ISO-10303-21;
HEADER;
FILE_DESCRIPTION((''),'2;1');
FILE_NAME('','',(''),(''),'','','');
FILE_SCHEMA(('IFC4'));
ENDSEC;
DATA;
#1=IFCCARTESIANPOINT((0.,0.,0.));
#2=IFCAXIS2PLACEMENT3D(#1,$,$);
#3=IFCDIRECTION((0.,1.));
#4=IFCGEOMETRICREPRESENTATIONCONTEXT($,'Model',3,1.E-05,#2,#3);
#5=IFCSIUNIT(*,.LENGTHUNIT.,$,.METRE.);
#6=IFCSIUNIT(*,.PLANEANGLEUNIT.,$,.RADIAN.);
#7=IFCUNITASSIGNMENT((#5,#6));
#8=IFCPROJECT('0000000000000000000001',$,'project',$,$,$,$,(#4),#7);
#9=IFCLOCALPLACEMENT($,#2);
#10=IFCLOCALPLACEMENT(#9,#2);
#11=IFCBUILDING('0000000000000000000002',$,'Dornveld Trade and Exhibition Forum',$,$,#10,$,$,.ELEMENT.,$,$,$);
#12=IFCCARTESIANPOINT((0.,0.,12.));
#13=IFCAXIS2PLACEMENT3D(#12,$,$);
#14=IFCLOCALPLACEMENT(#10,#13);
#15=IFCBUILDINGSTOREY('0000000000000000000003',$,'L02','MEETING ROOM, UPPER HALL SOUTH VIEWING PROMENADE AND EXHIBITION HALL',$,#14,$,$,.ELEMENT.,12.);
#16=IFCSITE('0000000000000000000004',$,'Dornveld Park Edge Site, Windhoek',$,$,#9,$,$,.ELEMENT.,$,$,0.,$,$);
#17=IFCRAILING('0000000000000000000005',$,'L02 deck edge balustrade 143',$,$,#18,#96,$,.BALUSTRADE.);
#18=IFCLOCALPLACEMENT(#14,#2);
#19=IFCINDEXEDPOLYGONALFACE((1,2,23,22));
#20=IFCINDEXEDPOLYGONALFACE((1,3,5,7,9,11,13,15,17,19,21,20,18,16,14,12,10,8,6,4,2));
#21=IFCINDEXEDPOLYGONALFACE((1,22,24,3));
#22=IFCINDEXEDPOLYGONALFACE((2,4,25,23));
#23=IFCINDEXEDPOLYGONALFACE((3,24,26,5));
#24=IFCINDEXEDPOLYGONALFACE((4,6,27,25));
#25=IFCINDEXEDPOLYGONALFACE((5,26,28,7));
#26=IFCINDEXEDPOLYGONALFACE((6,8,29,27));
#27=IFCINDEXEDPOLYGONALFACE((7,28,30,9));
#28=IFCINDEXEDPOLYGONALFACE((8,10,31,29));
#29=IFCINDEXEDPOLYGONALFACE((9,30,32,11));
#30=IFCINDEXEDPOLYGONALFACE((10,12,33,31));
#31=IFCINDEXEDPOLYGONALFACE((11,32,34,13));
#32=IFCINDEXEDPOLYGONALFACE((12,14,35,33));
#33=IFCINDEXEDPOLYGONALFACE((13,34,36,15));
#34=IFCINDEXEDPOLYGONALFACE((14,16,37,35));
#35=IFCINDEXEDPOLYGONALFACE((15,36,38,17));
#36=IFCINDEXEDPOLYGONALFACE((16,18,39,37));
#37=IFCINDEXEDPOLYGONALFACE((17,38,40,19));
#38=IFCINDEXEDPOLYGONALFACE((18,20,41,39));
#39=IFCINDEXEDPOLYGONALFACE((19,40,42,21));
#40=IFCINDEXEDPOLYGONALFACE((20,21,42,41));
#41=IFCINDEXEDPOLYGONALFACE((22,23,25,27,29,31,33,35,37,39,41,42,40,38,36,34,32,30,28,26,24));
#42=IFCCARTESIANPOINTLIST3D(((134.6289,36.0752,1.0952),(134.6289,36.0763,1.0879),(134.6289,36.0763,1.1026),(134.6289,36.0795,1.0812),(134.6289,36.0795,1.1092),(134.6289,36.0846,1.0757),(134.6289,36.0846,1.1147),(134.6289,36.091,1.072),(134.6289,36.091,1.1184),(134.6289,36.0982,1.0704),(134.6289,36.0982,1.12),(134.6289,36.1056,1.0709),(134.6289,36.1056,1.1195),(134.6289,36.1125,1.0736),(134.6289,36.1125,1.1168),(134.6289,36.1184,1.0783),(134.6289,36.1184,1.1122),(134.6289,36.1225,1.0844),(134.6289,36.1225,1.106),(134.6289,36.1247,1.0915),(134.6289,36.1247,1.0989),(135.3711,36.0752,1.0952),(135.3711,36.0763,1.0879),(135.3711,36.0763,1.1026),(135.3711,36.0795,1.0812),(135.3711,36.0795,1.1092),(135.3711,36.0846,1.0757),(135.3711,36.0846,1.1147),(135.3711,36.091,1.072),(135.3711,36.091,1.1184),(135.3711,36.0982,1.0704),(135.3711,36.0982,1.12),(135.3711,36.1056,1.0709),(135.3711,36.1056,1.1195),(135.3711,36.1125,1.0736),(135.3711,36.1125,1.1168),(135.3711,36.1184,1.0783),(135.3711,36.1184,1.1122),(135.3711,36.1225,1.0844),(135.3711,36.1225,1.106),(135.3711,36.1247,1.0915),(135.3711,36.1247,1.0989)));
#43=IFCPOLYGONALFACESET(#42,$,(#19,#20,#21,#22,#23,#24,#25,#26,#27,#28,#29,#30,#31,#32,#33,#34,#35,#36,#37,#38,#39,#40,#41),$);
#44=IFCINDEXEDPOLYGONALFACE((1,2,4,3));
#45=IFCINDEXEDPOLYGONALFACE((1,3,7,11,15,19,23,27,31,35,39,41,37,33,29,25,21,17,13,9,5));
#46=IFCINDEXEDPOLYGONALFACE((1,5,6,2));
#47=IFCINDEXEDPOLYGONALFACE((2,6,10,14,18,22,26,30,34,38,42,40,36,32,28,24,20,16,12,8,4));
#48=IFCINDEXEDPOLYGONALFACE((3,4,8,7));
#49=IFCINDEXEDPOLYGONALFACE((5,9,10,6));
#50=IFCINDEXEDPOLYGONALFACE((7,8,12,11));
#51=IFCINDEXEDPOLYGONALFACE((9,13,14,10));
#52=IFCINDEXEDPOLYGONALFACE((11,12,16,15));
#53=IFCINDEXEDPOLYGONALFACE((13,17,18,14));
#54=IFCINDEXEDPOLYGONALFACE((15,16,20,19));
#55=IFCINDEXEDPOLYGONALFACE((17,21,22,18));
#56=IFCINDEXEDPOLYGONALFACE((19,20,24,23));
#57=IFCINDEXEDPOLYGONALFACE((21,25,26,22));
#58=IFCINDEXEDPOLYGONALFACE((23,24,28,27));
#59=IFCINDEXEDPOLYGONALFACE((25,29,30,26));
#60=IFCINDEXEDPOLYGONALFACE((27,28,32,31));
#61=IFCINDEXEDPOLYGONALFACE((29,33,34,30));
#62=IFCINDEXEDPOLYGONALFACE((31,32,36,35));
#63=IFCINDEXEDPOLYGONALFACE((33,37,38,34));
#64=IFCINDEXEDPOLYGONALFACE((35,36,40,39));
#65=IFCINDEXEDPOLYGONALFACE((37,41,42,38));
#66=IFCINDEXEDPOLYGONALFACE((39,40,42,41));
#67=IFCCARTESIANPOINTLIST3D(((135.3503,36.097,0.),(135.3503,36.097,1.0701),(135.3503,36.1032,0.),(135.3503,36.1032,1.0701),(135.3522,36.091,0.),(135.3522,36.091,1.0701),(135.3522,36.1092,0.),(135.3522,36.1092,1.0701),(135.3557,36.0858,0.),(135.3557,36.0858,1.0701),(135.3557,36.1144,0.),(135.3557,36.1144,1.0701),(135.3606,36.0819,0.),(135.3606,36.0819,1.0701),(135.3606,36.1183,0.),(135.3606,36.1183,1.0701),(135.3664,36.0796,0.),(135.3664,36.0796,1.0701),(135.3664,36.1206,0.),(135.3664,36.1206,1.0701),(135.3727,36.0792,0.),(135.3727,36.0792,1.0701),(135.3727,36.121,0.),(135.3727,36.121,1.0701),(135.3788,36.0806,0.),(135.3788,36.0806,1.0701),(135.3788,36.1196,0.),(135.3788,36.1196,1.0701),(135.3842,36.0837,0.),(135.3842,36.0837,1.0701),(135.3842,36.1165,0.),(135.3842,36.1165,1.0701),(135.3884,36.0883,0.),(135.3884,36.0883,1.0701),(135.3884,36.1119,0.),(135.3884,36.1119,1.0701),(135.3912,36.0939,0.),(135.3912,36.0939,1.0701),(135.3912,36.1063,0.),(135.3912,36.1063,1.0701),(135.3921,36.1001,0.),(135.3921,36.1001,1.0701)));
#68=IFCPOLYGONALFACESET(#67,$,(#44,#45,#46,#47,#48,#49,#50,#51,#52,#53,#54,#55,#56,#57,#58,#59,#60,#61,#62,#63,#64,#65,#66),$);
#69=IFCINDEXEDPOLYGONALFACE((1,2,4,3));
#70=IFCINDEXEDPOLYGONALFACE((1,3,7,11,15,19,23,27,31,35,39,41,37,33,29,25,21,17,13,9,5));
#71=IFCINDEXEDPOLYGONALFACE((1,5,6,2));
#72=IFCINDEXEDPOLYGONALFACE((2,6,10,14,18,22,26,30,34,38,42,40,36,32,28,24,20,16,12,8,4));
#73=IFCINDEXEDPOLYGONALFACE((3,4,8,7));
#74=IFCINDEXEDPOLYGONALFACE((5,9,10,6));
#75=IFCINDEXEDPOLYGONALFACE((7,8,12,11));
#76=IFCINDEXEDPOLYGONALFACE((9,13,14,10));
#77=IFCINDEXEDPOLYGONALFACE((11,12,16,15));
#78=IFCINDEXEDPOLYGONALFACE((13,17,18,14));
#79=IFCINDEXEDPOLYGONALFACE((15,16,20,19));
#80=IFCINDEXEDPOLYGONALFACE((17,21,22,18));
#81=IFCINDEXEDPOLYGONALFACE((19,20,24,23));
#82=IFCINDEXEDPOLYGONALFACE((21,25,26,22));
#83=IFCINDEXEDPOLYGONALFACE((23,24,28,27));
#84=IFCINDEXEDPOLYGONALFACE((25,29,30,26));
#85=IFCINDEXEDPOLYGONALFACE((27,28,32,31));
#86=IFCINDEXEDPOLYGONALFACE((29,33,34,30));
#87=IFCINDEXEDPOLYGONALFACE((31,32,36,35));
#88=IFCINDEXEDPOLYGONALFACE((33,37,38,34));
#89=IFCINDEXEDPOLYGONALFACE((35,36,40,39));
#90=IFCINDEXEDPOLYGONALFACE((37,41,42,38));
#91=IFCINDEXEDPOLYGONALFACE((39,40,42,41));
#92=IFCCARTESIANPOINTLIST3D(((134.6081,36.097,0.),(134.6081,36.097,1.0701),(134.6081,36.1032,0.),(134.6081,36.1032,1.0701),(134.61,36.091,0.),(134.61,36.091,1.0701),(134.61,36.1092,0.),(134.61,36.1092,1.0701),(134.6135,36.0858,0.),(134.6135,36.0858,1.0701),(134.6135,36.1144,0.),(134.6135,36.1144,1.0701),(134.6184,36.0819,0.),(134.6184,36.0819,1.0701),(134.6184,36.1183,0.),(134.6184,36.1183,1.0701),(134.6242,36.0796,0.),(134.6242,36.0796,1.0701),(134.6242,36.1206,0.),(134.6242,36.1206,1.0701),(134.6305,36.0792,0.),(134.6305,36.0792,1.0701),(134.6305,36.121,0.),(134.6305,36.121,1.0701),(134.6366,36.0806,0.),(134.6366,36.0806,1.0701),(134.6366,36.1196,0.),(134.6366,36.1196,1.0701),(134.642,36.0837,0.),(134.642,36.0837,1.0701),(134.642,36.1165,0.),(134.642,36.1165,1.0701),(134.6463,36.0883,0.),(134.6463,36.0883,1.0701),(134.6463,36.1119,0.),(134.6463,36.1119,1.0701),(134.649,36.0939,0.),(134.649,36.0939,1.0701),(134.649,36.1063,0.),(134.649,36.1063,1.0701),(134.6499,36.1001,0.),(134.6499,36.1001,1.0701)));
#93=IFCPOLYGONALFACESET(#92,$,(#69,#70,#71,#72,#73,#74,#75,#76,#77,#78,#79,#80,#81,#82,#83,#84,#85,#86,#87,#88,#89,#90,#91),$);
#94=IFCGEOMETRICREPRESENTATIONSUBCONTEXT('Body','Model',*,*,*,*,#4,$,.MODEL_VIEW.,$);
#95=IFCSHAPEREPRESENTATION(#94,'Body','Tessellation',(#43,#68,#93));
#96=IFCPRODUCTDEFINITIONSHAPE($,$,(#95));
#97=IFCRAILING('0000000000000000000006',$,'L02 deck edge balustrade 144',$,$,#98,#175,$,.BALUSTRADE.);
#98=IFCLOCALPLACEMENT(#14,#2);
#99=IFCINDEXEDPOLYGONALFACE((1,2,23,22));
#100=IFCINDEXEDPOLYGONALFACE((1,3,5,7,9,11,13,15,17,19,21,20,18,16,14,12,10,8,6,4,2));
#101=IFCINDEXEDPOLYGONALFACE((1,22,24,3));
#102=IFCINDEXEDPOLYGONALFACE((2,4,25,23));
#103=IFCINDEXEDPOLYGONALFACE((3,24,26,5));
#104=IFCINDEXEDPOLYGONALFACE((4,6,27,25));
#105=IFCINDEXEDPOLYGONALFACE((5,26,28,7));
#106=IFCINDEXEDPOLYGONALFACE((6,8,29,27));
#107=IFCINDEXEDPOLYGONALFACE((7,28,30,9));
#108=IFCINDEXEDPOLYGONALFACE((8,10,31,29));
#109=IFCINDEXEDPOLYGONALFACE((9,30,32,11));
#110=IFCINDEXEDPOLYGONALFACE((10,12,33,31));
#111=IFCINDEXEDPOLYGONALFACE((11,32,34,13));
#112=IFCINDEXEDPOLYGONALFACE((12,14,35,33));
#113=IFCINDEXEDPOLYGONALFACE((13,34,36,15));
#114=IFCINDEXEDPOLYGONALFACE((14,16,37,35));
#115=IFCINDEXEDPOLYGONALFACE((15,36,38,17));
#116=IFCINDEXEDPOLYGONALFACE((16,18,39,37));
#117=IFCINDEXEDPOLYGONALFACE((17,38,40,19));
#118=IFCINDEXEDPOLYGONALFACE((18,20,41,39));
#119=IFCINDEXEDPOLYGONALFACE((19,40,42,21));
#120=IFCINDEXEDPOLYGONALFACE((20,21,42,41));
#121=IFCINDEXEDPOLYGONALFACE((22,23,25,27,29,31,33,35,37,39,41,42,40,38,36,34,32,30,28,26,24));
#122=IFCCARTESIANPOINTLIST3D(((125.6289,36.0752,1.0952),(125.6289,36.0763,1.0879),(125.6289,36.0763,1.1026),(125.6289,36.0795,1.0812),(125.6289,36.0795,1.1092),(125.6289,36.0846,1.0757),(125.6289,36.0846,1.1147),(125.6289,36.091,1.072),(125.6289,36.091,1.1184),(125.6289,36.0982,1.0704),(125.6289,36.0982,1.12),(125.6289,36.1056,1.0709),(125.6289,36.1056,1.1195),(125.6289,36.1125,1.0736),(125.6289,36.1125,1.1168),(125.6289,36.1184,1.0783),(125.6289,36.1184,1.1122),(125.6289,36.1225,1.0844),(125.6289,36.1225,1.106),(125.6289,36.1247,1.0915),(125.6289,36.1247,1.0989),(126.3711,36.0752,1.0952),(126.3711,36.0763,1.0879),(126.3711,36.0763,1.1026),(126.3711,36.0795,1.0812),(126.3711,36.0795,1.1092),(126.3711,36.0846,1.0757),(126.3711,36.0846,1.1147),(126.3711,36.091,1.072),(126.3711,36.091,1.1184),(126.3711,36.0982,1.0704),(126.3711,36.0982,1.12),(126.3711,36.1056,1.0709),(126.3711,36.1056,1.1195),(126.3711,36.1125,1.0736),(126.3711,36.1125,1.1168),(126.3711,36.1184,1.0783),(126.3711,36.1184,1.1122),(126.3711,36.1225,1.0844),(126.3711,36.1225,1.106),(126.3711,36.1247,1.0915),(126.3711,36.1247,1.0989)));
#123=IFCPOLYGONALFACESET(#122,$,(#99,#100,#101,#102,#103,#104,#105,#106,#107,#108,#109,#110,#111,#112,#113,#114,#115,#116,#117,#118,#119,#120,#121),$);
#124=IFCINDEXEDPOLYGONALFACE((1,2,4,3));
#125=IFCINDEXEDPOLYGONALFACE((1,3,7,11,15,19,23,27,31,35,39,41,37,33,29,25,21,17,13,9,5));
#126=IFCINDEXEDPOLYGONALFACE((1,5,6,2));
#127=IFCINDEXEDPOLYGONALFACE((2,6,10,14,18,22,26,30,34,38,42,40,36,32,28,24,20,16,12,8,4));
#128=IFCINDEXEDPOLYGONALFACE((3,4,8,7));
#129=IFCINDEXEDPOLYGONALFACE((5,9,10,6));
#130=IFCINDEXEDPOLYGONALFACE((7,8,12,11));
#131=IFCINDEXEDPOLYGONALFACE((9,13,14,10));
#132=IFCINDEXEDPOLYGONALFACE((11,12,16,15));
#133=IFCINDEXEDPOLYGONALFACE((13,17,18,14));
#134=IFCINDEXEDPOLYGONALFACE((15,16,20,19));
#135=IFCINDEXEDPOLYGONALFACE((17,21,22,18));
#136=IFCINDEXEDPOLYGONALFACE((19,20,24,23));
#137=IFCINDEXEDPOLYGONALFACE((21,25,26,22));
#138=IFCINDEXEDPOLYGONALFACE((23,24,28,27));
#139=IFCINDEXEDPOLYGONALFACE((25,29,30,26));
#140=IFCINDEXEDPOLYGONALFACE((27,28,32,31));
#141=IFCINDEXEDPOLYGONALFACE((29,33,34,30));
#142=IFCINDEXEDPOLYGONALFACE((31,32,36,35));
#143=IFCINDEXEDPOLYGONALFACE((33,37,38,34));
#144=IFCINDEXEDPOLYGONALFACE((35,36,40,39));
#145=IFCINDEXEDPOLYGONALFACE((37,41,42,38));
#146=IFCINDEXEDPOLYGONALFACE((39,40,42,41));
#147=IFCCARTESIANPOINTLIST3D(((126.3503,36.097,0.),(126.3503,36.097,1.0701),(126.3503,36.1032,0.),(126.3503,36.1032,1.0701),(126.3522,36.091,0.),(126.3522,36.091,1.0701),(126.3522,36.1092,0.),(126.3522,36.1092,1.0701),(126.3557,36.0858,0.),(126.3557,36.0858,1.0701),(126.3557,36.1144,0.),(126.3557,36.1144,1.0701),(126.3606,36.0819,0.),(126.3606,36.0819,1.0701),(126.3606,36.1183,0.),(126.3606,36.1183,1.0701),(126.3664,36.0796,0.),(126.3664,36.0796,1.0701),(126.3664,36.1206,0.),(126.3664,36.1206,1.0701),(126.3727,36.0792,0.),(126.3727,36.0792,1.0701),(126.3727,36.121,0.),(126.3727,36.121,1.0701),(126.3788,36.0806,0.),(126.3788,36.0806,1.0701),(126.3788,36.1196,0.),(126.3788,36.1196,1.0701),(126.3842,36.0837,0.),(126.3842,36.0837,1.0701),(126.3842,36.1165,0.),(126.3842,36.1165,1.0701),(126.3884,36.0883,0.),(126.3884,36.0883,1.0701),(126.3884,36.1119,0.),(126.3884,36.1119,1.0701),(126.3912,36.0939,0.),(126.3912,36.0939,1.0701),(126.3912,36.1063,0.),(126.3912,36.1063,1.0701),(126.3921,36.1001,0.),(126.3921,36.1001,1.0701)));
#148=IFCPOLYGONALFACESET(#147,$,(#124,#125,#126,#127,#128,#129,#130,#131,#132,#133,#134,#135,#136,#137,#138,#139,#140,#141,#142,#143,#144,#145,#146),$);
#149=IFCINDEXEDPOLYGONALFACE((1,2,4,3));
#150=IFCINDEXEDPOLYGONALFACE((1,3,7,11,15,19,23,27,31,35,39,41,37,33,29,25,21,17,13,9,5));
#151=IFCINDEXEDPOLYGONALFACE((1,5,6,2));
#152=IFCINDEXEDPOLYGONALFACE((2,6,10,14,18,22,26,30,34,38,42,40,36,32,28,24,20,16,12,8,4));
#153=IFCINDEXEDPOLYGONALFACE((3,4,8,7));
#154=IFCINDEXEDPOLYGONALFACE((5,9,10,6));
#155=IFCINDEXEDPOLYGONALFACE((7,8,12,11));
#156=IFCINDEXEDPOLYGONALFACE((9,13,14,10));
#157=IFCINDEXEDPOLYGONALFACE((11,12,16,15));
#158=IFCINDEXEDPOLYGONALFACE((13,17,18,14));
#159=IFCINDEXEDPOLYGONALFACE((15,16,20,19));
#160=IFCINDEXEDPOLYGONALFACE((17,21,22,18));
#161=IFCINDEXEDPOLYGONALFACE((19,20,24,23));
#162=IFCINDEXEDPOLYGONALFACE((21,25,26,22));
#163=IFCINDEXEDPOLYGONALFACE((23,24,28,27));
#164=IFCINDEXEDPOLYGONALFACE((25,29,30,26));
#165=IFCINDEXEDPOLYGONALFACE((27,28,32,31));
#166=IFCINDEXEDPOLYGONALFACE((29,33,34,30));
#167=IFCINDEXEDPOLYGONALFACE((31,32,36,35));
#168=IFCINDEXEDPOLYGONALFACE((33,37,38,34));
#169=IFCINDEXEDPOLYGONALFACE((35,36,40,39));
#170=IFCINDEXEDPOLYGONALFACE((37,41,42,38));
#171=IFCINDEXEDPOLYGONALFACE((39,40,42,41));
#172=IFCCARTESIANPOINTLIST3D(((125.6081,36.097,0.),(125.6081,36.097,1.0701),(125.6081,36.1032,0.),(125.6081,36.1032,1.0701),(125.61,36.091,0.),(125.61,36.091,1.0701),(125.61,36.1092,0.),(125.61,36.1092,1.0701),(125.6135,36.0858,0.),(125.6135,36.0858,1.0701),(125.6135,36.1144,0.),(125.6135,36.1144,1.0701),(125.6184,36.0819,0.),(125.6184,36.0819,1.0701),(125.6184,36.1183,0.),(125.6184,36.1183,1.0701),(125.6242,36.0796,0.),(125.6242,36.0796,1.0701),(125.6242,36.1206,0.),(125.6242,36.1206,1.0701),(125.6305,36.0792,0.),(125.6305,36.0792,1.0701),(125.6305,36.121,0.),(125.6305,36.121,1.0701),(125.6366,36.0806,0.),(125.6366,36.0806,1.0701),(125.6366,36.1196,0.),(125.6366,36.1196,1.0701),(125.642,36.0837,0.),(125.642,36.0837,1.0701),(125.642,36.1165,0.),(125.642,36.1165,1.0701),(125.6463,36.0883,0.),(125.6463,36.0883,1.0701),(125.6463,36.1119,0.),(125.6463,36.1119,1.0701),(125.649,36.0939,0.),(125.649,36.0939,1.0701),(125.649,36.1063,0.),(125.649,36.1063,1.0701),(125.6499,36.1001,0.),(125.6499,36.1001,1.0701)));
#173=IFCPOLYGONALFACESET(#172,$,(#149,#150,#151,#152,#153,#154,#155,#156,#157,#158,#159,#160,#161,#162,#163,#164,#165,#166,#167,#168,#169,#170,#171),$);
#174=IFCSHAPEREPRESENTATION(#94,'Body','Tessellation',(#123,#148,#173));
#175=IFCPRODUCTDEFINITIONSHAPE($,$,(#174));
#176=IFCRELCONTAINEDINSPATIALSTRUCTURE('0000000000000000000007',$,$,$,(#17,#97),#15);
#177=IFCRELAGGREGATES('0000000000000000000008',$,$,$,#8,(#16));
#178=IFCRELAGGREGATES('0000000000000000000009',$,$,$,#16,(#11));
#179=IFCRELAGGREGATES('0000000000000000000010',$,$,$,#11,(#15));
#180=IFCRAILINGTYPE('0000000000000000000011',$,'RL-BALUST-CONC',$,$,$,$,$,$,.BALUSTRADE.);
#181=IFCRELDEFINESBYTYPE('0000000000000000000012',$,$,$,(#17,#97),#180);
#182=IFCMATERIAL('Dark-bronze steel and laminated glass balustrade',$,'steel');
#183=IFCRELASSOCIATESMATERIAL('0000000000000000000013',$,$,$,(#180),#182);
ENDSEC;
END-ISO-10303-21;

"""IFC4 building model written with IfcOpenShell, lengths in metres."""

from ifc_helpers import new_model, si_unit, direction, frame, origin, origin_2d, place, context, subcontext, project, spatial, circle, extrude, material, type_object, element, save


model = new_model("IFC4")

# Units and contexts
model_context = context("Model", 3, precision=1e-05, world=origin(), true_north=direction((0.0, 1.0)))
body_context = subcontext(model_context, "Body", "Model", "MODEL_VIEW")
ifc_project = project(units=[si_unit("LENGTHUNIT", "METRE"), si_unit("PLANEANGLEUNIT", "RADIAN")], contexts=[model_context])

# Site, building, storey
site_placement = place(None, origin())
site = spatial("IfcSite", under=ifc_project, at=site_placement, Name="Dornveld Park Edge Site, Windhoek", CompositionType="ELEMENT", RefElevation=0.0)
building_placement = place(site_placement, origin())
building = spatial("IfcBuilding", under=site, at=building_placement, Name="Dornveld Trade and Exhibition Forum", CompositionType="ELEMENT")
storey_placement = place(building_placement, frame((0.0, 0.0, 12.0)))
storey = spatial("IfcBuildingStorey", under=building, at=storey_placement, Name="L02", Description="MEETING ROOM, UPPER HALL SOUTH VIEWING PROMENADE AND EXHIBITION HALL", CompositionType="ELEMENT", Elevation=12.0)

# Railings
ifc_material_1 = material(Name="Dark-bronze steel and laminated glass balustrade", Category="steel")
railing_type = type_object("IfcRailingType", Name="RL-BALUST-CONC", PredefinedType="BALUSTRADE", material=ifc_material_1)
for number, where, name in (
    (1, (135.3711, 36.1001, 0.0), "L02 deck edge balustrade 143"),
    (2, (126.3711, 36.1001, 0.0), "L02 deck edge balustrade 144"),
):
    element("IfcRailing", number, at=place(storey_placement, frame(where)), inside=storey, type_object=railing_type, Name=name, PredefinedType="BALUSTRADE", context=body_context, shape_type="SweptSolid", body=[
        extrude(circle(Radius=0.0249, at=origin_2d()), frame((0.0, 0.0, 1.0952), z_axis=(-1.0, 0.0, 0.0), x_axis=(0.0, -1.0, 0.0)), (0.0, 0.0, 1.0), 0.7422),
        extrude(circle(Radius=0.021, at=origin_2d()), origin(), (0.0, 0.0, 1.0), 1.0701),
        extrude(circle(Radius=0.021, at=origin_2d()), frame((-0.7422, 0.0, 0.0)), (0.0, 0.0, 1.0), 1.0701),
    ])

save(model, "model.ifc")
